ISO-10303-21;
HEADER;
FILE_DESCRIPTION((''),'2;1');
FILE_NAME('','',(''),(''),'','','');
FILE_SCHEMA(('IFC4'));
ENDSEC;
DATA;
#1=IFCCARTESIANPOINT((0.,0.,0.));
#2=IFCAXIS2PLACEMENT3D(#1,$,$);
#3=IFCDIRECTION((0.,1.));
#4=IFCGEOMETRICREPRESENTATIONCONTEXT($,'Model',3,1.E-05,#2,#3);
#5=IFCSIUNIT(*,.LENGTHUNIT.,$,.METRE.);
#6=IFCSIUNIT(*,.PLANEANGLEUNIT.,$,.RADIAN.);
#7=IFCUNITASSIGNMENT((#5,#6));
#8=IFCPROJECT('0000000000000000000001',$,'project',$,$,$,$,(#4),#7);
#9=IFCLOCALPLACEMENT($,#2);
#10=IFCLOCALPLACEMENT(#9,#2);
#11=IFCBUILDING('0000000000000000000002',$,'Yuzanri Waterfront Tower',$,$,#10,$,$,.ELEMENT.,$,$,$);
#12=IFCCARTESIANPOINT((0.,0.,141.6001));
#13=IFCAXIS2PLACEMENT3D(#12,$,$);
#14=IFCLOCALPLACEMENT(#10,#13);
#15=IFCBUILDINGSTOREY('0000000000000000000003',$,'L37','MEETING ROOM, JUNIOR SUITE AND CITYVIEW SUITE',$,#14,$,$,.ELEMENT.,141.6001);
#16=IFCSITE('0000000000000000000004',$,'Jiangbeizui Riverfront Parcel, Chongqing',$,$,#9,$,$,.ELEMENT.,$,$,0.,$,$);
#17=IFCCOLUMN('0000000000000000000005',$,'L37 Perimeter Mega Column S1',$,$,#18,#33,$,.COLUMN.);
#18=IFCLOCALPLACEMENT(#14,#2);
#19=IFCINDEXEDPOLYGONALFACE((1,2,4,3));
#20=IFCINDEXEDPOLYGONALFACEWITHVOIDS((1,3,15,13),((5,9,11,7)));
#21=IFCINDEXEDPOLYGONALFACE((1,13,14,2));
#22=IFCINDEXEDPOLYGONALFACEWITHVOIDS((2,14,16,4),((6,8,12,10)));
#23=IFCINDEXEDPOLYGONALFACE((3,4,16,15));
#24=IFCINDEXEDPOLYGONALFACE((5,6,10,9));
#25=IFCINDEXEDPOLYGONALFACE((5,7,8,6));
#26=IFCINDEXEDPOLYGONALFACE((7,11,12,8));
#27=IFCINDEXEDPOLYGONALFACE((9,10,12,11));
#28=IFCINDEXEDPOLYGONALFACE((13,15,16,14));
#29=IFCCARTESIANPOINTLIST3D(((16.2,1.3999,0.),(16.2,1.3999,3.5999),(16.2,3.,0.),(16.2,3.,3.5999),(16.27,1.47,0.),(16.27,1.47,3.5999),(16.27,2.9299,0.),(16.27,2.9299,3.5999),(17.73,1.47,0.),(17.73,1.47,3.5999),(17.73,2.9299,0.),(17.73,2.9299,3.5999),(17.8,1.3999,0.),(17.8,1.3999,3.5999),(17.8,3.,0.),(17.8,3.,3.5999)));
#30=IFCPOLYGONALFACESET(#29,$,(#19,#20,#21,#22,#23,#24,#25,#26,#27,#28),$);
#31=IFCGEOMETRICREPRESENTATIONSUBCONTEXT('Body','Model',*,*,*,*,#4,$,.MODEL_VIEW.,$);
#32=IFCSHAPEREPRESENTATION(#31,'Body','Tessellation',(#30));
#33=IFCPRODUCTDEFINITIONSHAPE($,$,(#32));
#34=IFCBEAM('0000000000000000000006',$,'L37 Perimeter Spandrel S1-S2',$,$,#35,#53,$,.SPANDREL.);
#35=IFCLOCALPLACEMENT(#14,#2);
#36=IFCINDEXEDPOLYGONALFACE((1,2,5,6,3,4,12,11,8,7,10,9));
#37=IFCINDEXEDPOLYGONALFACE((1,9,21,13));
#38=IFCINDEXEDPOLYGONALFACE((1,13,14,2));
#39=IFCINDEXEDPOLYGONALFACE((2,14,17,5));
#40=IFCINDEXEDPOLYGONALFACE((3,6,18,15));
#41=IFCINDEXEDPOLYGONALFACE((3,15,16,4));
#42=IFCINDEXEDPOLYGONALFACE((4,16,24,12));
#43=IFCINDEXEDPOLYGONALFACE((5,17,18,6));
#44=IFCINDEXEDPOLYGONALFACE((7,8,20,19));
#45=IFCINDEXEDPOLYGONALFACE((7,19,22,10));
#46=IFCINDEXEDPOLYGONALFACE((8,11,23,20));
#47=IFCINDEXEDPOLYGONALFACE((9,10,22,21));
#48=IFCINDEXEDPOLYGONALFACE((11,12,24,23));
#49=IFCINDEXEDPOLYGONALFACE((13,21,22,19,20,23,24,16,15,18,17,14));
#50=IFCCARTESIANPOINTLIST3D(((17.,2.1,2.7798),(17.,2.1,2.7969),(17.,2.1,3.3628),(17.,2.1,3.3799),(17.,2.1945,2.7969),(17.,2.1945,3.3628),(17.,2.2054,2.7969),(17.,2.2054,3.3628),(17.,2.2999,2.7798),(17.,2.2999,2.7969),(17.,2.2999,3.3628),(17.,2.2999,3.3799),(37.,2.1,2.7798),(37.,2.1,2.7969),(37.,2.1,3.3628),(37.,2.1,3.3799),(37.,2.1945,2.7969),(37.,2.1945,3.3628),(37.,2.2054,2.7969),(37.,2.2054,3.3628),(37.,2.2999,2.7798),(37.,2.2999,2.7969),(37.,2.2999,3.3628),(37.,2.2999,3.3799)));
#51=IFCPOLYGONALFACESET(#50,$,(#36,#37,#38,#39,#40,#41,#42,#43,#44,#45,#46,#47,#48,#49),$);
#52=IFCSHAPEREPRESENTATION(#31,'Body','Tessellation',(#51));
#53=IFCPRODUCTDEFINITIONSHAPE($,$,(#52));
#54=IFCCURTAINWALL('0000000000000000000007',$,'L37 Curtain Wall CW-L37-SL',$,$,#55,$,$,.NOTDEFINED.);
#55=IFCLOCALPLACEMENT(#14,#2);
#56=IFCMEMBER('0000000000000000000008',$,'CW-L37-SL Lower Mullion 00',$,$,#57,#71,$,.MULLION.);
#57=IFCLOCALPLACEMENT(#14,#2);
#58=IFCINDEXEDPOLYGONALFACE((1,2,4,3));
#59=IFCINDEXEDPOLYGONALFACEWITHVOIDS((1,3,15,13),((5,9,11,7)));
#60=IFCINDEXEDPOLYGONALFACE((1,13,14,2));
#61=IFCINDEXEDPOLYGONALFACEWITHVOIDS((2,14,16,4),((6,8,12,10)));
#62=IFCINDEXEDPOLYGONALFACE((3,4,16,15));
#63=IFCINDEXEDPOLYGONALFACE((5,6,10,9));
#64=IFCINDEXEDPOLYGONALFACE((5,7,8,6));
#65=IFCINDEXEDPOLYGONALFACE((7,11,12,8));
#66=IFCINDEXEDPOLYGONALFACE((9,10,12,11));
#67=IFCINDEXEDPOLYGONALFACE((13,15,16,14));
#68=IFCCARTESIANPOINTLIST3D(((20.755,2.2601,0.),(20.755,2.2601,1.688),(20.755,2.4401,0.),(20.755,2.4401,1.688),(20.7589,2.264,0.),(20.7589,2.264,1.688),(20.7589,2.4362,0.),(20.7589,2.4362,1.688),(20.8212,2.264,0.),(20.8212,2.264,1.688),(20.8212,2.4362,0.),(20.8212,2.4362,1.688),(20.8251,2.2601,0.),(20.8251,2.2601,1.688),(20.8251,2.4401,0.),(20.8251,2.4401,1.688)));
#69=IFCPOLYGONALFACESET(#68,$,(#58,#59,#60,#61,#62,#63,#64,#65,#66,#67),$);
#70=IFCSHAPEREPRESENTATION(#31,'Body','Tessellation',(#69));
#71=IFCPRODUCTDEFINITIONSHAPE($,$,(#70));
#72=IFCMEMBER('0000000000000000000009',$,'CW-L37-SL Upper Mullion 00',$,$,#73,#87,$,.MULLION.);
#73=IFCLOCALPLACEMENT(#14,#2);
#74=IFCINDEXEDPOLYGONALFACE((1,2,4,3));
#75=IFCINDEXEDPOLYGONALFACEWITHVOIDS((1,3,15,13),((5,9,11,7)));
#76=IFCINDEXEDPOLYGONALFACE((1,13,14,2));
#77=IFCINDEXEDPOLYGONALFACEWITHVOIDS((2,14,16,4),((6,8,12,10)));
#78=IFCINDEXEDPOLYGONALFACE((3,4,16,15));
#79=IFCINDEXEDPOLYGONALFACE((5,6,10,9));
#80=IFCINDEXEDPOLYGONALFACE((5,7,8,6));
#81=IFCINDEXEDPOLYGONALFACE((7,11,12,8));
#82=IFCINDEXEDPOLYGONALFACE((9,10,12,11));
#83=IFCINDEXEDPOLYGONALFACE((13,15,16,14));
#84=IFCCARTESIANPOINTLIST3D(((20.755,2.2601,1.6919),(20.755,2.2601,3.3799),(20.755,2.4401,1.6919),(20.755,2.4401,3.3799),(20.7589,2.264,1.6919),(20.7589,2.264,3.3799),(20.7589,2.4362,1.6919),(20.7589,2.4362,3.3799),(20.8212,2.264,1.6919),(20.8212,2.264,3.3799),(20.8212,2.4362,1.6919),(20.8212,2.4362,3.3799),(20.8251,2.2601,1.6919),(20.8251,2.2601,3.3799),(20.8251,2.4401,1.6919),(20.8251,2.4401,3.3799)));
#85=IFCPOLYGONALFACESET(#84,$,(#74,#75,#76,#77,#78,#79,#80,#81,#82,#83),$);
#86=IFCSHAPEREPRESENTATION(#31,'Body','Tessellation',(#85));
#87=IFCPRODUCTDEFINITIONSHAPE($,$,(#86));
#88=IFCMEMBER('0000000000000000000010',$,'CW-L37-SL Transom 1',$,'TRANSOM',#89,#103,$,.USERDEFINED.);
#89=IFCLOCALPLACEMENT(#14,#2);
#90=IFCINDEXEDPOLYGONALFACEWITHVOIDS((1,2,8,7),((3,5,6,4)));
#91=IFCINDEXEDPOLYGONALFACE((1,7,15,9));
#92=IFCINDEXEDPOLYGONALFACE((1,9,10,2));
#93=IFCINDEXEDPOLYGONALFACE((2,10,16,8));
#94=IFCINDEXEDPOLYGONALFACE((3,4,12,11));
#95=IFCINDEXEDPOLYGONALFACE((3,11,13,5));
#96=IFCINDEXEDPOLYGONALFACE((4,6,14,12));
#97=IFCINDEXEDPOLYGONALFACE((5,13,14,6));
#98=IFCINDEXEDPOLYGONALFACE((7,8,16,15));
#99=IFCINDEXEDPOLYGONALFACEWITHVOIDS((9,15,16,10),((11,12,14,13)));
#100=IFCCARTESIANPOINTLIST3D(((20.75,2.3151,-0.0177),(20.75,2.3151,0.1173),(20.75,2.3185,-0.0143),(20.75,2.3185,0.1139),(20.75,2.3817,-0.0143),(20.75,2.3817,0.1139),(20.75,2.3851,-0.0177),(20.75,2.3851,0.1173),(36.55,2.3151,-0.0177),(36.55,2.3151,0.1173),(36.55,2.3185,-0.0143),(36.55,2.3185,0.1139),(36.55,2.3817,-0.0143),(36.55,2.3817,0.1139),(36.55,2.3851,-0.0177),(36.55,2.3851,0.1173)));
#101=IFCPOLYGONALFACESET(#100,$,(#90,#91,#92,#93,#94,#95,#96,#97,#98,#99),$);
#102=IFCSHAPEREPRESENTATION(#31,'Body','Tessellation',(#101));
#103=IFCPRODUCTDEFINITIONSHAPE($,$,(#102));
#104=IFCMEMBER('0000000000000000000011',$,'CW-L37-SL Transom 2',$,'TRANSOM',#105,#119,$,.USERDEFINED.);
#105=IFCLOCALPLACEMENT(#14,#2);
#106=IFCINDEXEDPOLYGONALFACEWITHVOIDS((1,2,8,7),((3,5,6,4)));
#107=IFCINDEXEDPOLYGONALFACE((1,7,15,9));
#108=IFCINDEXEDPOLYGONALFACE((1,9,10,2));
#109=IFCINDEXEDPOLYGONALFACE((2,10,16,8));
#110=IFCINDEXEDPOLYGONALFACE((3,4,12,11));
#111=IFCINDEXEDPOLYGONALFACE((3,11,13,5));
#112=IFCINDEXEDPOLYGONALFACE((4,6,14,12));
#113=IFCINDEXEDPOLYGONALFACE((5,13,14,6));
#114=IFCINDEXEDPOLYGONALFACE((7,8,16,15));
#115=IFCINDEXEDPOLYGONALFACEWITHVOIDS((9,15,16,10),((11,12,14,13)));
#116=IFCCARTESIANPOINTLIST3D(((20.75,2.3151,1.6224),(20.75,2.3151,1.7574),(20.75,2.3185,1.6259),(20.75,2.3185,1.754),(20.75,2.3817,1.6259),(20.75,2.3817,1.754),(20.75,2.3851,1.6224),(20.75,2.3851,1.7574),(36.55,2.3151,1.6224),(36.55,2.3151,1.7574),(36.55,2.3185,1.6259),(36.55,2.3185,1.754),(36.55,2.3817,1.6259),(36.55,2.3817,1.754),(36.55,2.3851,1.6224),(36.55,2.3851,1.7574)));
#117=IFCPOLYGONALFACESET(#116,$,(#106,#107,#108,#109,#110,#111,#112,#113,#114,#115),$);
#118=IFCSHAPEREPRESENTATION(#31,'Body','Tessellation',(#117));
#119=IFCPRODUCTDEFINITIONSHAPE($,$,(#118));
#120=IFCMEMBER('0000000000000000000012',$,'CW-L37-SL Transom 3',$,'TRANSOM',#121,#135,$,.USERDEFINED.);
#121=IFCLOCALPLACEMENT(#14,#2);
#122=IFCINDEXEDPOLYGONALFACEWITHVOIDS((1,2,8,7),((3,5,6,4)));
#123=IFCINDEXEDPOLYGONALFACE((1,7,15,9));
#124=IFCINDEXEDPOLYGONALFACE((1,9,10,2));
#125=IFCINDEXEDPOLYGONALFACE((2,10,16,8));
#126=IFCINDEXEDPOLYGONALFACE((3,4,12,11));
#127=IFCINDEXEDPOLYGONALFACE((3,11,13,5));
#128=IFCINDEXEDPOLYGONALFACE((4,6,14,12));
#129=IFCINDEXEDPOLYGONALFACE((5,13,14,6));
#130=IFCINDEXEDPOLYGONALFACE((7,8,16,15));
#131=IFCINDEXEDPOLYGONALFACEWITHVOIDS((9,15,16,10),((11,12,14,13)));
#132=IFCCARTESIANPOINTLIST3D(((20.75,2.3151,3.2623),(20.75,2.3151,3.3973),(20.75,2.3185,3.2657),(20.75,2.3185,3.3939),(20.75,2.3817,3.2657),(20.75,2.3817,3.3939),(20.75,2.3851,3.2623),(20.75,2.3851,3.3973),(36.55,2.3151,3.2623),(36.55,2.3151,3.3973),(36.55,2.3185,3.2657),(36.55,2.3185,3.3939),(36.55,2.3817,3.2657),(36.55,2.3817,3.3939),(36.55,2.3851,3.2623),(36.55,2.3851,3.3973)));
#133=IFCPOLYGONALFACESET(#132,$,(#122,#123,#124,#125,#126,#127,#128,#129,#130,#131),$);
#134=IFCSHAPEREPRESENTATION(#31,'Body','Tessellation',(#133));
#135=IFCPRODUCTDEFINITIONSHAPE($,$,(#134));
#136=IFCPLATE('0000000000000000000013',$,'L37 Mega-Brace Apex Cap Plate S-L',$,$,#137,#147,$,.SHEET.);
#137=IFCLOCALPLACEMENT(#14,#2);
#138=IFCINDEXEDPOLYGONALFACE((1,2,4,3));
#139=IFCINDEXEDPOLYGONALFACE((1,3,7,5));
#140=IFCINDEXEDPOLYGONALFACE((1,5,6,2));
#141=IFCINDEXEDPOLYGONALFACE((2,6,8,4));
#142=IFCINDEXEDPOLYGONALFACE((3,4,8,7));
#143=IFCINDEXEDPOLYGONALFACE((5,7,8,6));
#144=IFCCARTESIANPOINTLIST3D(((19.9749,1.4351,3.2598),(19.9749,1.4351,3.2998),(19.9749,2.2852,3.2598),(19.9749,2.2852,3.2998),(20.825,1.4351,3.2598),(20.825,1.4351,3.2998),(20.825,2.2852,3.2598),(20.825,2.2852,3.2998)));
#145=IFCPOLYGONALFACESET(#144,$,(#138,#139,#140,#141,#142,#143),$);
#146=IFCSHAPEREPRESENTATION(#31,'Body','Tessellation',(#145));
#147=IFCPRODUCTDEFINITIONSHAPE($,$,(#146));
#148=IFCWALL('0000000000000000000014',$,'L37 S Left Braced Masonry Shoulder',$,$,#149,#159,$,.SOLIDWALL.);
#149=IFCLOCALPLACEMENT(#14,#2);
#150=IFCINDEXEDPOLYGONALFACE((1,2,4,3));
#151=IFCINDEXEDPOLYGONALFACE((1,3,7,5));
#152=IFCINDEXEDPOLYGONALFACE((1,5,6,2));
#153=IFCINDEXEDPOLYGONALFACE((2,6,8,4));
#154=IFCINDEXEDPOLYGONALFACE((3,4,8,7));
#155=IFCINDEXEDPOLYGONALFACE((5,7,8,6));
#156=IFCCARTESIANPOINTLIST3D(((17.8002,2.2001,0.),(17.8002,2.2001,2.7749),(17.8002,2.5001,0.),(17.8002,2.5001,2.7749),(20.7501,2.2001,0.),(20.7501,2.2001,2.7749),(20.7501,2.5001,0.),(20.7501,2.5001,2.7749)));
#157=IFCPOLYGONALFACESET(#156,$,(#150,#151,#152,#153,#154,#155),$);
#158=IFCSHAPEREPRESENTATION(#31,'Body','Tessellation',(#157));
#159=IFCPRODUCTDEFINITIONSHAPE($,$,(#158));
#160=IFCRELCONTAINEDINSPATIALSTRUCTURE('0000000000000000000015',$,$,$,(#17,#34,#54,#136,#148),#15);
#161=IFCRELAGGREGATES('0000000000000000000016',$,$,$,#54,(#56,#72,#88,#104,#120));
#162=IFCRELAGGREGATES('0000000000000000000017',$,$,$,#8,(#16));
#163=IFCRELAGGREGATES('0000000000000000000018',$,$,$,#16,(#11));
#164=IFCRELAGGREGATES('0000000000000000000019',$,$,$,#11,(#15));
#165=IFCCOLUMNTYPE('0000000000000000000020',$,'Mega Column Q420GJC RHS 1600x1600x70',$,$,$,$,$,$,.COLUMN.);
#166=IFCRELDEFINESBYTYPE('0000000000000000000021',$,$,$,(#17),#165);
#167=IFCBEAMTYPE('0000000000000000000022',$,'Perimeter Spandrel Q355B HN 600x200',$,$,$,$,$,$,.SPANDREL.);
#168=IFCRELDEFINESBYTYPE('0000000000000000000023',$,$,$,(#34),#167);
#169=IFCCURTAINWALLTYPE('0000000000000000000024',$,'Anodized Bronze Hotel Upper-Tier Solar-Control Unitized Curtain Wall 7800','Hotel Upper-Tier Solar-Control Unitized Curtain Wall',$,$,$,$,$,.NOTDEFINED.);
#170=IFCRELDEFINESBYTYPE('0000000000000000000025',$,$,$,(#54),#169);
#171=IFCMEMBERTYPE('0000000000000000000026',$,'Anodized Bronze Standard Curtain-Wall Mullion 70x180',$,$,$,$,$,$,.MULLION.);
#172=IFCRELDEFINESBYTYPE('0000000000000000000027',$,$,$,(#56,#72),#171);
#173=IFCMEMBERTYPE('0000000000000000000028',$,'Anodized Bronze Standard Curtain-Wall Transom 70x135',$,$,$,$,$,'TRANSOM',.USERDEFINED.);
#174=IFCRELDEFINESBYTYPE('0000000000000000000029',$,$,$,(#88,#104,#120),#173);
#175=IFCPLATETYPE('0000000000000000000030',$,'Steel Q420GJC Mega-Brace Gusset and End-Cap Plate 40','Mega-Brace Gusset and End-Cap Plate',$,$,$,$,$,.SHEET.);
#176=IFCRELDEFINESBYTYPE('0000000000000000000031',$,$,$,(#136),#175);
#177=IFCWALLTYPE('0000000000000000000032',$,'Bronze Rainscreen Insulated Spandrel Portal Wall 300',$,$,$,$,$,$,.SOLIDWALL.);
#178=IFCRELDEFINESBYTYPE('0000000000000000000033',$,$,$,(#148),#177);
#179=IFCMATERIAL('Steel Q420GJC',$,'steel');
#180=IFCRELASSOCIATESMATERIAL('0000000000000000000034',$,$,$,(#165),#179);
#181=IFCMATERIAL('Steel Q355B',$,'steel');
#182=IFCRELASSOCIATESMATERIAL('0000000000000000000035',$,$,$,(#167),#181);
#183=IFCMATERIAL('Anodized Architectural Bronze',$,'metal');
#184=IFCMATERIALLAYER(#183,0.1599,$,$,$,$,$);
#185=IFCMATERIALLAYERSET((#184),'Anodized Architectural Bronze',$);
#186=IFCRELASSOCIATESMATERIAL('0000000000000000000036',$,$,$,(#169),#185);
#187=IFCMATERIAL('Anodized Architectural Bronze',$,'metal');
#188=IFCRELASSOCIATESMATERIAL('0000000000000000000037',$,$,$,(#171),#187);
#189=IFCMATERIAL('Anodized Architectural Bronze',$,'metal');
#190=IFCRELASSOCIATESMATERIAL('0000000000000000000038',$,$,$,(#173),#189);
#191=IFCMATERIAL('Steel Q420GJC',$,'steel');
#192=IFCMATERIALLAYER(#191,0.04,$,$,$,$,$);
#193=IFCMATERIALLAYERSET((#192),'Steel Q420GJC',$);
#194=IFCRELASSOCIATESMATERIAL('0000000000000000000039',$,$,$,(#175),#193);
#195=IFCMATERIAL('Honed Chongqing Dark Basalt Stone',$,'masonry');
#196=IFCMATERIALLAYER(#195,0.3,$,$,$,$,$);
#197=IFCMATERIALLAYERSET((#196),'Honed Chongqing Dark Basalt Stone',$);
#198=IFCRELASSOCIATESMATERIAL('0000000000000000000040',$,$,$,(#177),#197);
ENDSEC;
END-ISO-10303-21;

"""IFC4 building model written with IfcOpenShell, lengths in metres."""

from ifc_helpers import new_model, si_unit, direction, frame, frame_2d, origin, origin_2d, place, context, subcontext, project, spatial, rectangle, hollow_rectangle, i_section, extrude, source, transform, mapped, material, layer, layer_set, material_profile, profile_set, type_object, element, aggregate, save


model = new_model("IFC4")

# Units and contexts
model_context = context("Model", 3, precision=1e-05, world=origin(), true_north=direction((0.0, 1.0)))
body_context = subcontext(model_context, "Body", "Model", "MODEL_VIEW")
ifc_project = project(units=[si_unit("LENGTHUNIT", "METRE"), si_unit("PLANEANGLEUNIT", "RADIAN")], contexts=[model_context])

# Site, building, storey
site_placement = place(None, origin())
site = spatial("IfcSite", under=ifc_project, at=site_placement, Name="Jiangbeizui Riverfront Parcel, Chongqing", CompositionType="ELEMENT", RefElevation=0.0)
building_placement = place(site_placement, origin())
building = spatial("IfcBuilding", under=site, at=building_placement, Name="Yuzanri Waterfront Tower", CompositionType="ELEMENT")
storey_placement = place(building_placement, frame((0.0, 0.0, 141.6001)))
storey = spatial("IfcBuildingStorey", under=building, at=storey_placement, Name="L37", Description="MEETING ROOM, JUNIOR SUITE AND CITYVIEW SUITE", CompositionType="ELEMENT", Elevation=141.6001)

# Column
ifc_material_1 = material(Name="Steel Q420GJC", Category="steel")
ifc_material_profile_1 = material_profile(ifc_material_1, hollow_rectangle(XDim=1.6001, YDim=1.6001, WallThickness=0.0701, at=origin_2d()), Name="RHS 1600x1600x70")
ifc_profile_set_1 = profile_set([ifc_material_profile_1], Name="Steel Q420GJC")
column_type = type_object("IfcColumnType", Name="Mega Column Q420GJC RHS 1600x1600x70", PredefinedType="COLUMN", material=ifc_profile_set_1)
shared_shape_1 = source(origin(), body_context, "Body", "SweptSolid", [
    extrude(hollow_rectangle(XDim=1.6001, YDim=1.6001, WallThickness=0.0701, at=origin_2d()), origin(), (0.0, 0.0, 1.0), 3.5999),
])
column_placement = place(storey_placement, frame((17.0, 2.2, 0.0), z_axis=(0.0, 0.0, 1.0), x_axis=(1.0, 0.0, 0.0)))
element("IfcColumn", 1, at=column_placement, inside=storey, type_object=column_type, Name="L37 Perimeter Mega Column S1", PredefinedType="COLUMN", context=body_context, shape_type="MappedRepresentation", body=[
    mapped(shared_shape_1, transform((0.0, 0.0, 0.0), scale=1.0)),
])

# Beam
ifc_material_2 = material(Name="Steel Q355B", Category="steel")
ifc_material_profile_2 = material_profile(ifc_material_2, i_section(OverallWidth=0.2, OverallDepth=0.6001, WebThickness=0.011, FlangeThickness=0.0171, at=origin_2d()), Name="HN 600x200x11x17")
ifc_profile_set_2 = profile_set([ifc_material_profile_2], Name="Steel Q355B")
beam_type = type_object("IfcBeamType", Name="Perimeter Spandrel Q355B HN 600x200", PredefinedType="SPANDREL", material=ifc_profile_set_2)
shared_shape_2 = source(origin(), body_context, "Body", "SweptSolid", [
    extrude(i_section(OverallWidth=0.2, OverallDepth=0.6001, WebThickness=0.011, FlangeThickness=0.0171, at=origin_2d()), origin(), (0.0, 0.0, 1.0), 20.0),
])
beam_placement = place(storey_placement, frame((17.0, 2.2, 3.0798), z_axis=(1.0, 0.0, 0.0), x_axis=(0.0, 1.0, 0.0)))
element("IfcBeam", 2, at=beam_placement, inside=storey, type_object=beam_type, Name="L37 Perimeter Spandrel S1-S2", PredefinedType="SPANDREL", context=body_context, shape_type="MappedRepresentation", body=[
    mapped(shared_shape_2, transform((0.0, 0.0, 0.0), scale=1.0)),
])

# Curtain wall, members
ifc_material_3 = material(Name="Anodized Architectural Bronze", Category="metal")
ifc_layer_1 = layer(ifc_material_3, 0.1599)
ifc_layer_set_1 = layer_set([ifc_layer_1], Name="Anodized Architectural Bronze")
curtain_wall_type = type_object("IfcCurtainWallType", Name="Anodized Bronze Hotel Upper-Tier Solar-Control Unitized Curtain Wall 7800", Description="Hotel Upper-Tier Solar-Control Unitized Curtain Wall", PredefinedType="NOTDEFINED", material=ifc_layer_set_1)
curtain_wall_placement = place(storey_placement, origin())
curtain_wall = element("IfcCurtainWall", 3, at=curtain_wall_placement, inside=storey, type_object=curtain_wall_type, Name="L37 Curtain Wall CW-L37-SL", PredefinedType="NOTDEFINED")
ifc_material_4 = material(Name="Anodized Architectural Bronze", Category="metal")
ifc_material_profile_3 = material_profile(ifc_material_4, hollow_rectangle(XDim=0.0701, YDim=0.1799, WallThickness=0.0039, at=origin_2d()), Name="CWM 70x180")
ifc_profile_set_3 = profile_set([ifc_material_profile_3], Name="Anodized Architectural Bronze")
member_type_1 = type_object("IfcMemberType", Name="Anodized Bronze Standard Curtain-Wall Mullion 70x180", PredefinedType="MULLION", material=ifc_profile_set_3)
shared_shape_3 = source(origin(), body_context, "Body", "SweptSolid", [
    extrude(hollow_rectangle(XDim=0.0701, YDim=0.1799, WallThickness=0.0039, at=origin_2d()), origin(), (0.0, 0.0, 1.0), 1.688),
])
member_1_placement = place(storey_placement, frame((20.79, 2.3501, 0.0), z_axis=(0.0, 0.0, 1.0), x_axis=(1.0, 0.0, 0.0)))
member_1 = element("IfcMember", 4, at=member_1_placement, type_object=member_type_1, Name="CW-L37-SL Lower Mullion 00", PredefinedType="MULLION", context=body_context, shape_type="MappedRepresentation", body=[
    mapped(shared_shape_3, transform((0.0, 0.0, 0.0), scale=1.0)),
])
member_2_placement = place(storey_placement, frame((20.79, 2.3501, 1.6919), z_axis=(0.0, 0.0, 1.0), x_axis=(1.0, 0.0, 0.0)))
member_2 = element("IfcMember", 5, at=member_2_placement, type_object=member_type_1, Name="CW-L37-SL Upper Mullion 00", PredefinedType="MULLION", context=body_context, shape_type="MappedRepresentation", body=[
    mapped(shared_shape_3, transform((0.0, 0.0, 0.0), scale=1.0)),
])
ifc_material_5 = material(Name="Anodized Architectural Bronze", Category="metal")
ifc_material_profile_4 = material_profile(ifc_material_5, hollow_rectangle(XDim=0.0701, YDim=0.135, WallThickness=0.0034, at=origin_2d()), Name="CWT 70x135")
ifc_profile_set_4 = profile_set([ifc_material_profile_4], Name="Anodized Architectural Bronze")
member_type_2 = type_object("IfcMemberType", Name="Anodized Bronze Standard Curtain-Wall Transom 70x135", ElementType="TRANSOM", PredefinedType="USERDEFINED", material=ifc_profile_set_4)
shared_shape_4 = source(origin(), body_context, "Body", "SweptSolid", [
    extrude(hollow_rectangle(XDim=0.0701, YDim=0.135, WallThickness=0.0034, at=origin_2d()), origin(), (0.0, 0.0, 1.0), 15.8),
])
member_3_placement = place(storey_placement, frame((20.75, 2.3501, 0.0498), z_axis=(1.0, 0.0, 0.0), x_axis=(0.0, 1.0, 0.0)))
member_3 = element("IfcMember", 6, at=member_3_placement, type_object=member_type_2, Name="CW-L37-SL Transom 1", ObjectType="TRANSOM", PredefinedType="USERDEFINED", context=body_context, shape_type="MappedRepresentation", body=[
    mapped(shared_shape_4, transform((0.0, 0.0, 0.0), scale=1.0)),
])
member_4_placement = place(storey_placement, frame((20.75, 2.3501, 1.6899), z_axis=(1.0, 0.0, 0.0), x_axis=(0.0, 1.0, 0.0)))
member_4 = element("IfcMember", 7, at=member_4_placement, type_object=member_type_2, Name="CW-L37-SL Transom 2", ObjectType="TRANSOM", PredefinedType="USERDEFINED", context=body_context, shape_type="MappedRepresentation", body=[
    mapped(shared_shape_4, transform((0.0, 0.0, 0.0), scale=1.0)),
])
member_5_placement = place(storey_placement, frame((20.75, 2.3501, 3.3298), z_axis=(1.0, 0.0, 0.0), x_axis=(0.0, 1.0, 0.0)))
member_5 = element("IfcMember", 8, at=member_5_placement, type_object=member_type_2, Name="CW-L37-SL Transom 3", ObjectType="TRANSOM", PredefinedType="USERDEFINED", context=body_context, shape_type="MappedRepresentation", body=[
    mapped(shared_shape_4, transform((0.0, 0.0, 0.0), scale=1.0)),
])
aggregate(curtain_wall, [member_1, member_2, member_3, member_4, member_5])

# Plate
ifc_material_6 = material(Name="Steel Q420GJC", Category="steel")
ifc_layer_2 = layer(ifc_material_6, 0.04)
ifc_layer_set_2 = layer_set([ifc_layer_2], Name="Steel Q420GJC")
plate_type = type_object("IfcPlateType", Name="Steel Q420GJC Mega-Brace Gusset and End-Cap Plate 40", Description="Mega-Brace Gusset and End-Cap Plate", PredefinedType="SHEET", material=ifc_layer_set_2)
shared_shape_5 = source(origin(), body_context, "Body", "SweptSolid", [
    extrude(rectangle(XDim=0.8501, YDim=0.8501, at=origin_2d()), origin(), (0.0, 0.0, 1.0), 0.04),
])
plate_placement = place(storey_placement, frame((20.3999, 1.8601, 3.2598), z_axis=(0.0, 0.0, 1.0), x_axis=(1.0, 0.0, 0.0)))
element("IfcPlate", 9, at=plate_placement, inside=storey, type_object=plate_type, Name="L37 Mega-Brace Apex Cap Plate S-L", PredefinedType="SHEET", context=body_context, shape_type="MappedRepresentation", body=[
    mapped(shared_shape_5, transform((0.0, 0.0, 0.0), scale=1.0)),
])

# Wall
ifc_material_7 = material(Name="Honed Chongqing Dark Basalt Stone", Category="masonry")
ifc_layer_3 = layer(ifc_material_7, 0.3)
ifc_layer_set_3 = layer_set([ifc_layer_3], Name="Honed Chongqing Dark Basalt Stone")
wall_type = type_object("IfcWallType", Name="Bronze Rainscreen Insulated Spandrel Portal Wall 300", PredefinedType="SOLIDWALL", material=ifc_layer_set_3)
shared_shape_6 = source(origin(), body_context, "Body", "SweptSolid", [
    extrude(rectangle(XDim=2.95, YDim=0.3, at=frame_2d((1.4751, 0.0))), origin(), (0.0, 0.0, 1.0), 2.7749),
])
wall_placement = place(storey_placement, frame((17.8, 2.3501, 0.0), z_axis=(0.0, 0.0, 1.0), x_axis=(1.0, 0.0, 0.0)))
element("IfcWall", 10, at=wall_placement, inside=storey, type_object=wall_type, Name="L37 S Left Braced Masonry Shoulder", PredefinedType="SOLIDWALL", context=body_context, shape_type="MappedRepresentation", body=[
    mapped(shared_shape_6, transform((0.0, 0.0, 0.0), scale=1.0)),
])

save(model, "model.ifc")
